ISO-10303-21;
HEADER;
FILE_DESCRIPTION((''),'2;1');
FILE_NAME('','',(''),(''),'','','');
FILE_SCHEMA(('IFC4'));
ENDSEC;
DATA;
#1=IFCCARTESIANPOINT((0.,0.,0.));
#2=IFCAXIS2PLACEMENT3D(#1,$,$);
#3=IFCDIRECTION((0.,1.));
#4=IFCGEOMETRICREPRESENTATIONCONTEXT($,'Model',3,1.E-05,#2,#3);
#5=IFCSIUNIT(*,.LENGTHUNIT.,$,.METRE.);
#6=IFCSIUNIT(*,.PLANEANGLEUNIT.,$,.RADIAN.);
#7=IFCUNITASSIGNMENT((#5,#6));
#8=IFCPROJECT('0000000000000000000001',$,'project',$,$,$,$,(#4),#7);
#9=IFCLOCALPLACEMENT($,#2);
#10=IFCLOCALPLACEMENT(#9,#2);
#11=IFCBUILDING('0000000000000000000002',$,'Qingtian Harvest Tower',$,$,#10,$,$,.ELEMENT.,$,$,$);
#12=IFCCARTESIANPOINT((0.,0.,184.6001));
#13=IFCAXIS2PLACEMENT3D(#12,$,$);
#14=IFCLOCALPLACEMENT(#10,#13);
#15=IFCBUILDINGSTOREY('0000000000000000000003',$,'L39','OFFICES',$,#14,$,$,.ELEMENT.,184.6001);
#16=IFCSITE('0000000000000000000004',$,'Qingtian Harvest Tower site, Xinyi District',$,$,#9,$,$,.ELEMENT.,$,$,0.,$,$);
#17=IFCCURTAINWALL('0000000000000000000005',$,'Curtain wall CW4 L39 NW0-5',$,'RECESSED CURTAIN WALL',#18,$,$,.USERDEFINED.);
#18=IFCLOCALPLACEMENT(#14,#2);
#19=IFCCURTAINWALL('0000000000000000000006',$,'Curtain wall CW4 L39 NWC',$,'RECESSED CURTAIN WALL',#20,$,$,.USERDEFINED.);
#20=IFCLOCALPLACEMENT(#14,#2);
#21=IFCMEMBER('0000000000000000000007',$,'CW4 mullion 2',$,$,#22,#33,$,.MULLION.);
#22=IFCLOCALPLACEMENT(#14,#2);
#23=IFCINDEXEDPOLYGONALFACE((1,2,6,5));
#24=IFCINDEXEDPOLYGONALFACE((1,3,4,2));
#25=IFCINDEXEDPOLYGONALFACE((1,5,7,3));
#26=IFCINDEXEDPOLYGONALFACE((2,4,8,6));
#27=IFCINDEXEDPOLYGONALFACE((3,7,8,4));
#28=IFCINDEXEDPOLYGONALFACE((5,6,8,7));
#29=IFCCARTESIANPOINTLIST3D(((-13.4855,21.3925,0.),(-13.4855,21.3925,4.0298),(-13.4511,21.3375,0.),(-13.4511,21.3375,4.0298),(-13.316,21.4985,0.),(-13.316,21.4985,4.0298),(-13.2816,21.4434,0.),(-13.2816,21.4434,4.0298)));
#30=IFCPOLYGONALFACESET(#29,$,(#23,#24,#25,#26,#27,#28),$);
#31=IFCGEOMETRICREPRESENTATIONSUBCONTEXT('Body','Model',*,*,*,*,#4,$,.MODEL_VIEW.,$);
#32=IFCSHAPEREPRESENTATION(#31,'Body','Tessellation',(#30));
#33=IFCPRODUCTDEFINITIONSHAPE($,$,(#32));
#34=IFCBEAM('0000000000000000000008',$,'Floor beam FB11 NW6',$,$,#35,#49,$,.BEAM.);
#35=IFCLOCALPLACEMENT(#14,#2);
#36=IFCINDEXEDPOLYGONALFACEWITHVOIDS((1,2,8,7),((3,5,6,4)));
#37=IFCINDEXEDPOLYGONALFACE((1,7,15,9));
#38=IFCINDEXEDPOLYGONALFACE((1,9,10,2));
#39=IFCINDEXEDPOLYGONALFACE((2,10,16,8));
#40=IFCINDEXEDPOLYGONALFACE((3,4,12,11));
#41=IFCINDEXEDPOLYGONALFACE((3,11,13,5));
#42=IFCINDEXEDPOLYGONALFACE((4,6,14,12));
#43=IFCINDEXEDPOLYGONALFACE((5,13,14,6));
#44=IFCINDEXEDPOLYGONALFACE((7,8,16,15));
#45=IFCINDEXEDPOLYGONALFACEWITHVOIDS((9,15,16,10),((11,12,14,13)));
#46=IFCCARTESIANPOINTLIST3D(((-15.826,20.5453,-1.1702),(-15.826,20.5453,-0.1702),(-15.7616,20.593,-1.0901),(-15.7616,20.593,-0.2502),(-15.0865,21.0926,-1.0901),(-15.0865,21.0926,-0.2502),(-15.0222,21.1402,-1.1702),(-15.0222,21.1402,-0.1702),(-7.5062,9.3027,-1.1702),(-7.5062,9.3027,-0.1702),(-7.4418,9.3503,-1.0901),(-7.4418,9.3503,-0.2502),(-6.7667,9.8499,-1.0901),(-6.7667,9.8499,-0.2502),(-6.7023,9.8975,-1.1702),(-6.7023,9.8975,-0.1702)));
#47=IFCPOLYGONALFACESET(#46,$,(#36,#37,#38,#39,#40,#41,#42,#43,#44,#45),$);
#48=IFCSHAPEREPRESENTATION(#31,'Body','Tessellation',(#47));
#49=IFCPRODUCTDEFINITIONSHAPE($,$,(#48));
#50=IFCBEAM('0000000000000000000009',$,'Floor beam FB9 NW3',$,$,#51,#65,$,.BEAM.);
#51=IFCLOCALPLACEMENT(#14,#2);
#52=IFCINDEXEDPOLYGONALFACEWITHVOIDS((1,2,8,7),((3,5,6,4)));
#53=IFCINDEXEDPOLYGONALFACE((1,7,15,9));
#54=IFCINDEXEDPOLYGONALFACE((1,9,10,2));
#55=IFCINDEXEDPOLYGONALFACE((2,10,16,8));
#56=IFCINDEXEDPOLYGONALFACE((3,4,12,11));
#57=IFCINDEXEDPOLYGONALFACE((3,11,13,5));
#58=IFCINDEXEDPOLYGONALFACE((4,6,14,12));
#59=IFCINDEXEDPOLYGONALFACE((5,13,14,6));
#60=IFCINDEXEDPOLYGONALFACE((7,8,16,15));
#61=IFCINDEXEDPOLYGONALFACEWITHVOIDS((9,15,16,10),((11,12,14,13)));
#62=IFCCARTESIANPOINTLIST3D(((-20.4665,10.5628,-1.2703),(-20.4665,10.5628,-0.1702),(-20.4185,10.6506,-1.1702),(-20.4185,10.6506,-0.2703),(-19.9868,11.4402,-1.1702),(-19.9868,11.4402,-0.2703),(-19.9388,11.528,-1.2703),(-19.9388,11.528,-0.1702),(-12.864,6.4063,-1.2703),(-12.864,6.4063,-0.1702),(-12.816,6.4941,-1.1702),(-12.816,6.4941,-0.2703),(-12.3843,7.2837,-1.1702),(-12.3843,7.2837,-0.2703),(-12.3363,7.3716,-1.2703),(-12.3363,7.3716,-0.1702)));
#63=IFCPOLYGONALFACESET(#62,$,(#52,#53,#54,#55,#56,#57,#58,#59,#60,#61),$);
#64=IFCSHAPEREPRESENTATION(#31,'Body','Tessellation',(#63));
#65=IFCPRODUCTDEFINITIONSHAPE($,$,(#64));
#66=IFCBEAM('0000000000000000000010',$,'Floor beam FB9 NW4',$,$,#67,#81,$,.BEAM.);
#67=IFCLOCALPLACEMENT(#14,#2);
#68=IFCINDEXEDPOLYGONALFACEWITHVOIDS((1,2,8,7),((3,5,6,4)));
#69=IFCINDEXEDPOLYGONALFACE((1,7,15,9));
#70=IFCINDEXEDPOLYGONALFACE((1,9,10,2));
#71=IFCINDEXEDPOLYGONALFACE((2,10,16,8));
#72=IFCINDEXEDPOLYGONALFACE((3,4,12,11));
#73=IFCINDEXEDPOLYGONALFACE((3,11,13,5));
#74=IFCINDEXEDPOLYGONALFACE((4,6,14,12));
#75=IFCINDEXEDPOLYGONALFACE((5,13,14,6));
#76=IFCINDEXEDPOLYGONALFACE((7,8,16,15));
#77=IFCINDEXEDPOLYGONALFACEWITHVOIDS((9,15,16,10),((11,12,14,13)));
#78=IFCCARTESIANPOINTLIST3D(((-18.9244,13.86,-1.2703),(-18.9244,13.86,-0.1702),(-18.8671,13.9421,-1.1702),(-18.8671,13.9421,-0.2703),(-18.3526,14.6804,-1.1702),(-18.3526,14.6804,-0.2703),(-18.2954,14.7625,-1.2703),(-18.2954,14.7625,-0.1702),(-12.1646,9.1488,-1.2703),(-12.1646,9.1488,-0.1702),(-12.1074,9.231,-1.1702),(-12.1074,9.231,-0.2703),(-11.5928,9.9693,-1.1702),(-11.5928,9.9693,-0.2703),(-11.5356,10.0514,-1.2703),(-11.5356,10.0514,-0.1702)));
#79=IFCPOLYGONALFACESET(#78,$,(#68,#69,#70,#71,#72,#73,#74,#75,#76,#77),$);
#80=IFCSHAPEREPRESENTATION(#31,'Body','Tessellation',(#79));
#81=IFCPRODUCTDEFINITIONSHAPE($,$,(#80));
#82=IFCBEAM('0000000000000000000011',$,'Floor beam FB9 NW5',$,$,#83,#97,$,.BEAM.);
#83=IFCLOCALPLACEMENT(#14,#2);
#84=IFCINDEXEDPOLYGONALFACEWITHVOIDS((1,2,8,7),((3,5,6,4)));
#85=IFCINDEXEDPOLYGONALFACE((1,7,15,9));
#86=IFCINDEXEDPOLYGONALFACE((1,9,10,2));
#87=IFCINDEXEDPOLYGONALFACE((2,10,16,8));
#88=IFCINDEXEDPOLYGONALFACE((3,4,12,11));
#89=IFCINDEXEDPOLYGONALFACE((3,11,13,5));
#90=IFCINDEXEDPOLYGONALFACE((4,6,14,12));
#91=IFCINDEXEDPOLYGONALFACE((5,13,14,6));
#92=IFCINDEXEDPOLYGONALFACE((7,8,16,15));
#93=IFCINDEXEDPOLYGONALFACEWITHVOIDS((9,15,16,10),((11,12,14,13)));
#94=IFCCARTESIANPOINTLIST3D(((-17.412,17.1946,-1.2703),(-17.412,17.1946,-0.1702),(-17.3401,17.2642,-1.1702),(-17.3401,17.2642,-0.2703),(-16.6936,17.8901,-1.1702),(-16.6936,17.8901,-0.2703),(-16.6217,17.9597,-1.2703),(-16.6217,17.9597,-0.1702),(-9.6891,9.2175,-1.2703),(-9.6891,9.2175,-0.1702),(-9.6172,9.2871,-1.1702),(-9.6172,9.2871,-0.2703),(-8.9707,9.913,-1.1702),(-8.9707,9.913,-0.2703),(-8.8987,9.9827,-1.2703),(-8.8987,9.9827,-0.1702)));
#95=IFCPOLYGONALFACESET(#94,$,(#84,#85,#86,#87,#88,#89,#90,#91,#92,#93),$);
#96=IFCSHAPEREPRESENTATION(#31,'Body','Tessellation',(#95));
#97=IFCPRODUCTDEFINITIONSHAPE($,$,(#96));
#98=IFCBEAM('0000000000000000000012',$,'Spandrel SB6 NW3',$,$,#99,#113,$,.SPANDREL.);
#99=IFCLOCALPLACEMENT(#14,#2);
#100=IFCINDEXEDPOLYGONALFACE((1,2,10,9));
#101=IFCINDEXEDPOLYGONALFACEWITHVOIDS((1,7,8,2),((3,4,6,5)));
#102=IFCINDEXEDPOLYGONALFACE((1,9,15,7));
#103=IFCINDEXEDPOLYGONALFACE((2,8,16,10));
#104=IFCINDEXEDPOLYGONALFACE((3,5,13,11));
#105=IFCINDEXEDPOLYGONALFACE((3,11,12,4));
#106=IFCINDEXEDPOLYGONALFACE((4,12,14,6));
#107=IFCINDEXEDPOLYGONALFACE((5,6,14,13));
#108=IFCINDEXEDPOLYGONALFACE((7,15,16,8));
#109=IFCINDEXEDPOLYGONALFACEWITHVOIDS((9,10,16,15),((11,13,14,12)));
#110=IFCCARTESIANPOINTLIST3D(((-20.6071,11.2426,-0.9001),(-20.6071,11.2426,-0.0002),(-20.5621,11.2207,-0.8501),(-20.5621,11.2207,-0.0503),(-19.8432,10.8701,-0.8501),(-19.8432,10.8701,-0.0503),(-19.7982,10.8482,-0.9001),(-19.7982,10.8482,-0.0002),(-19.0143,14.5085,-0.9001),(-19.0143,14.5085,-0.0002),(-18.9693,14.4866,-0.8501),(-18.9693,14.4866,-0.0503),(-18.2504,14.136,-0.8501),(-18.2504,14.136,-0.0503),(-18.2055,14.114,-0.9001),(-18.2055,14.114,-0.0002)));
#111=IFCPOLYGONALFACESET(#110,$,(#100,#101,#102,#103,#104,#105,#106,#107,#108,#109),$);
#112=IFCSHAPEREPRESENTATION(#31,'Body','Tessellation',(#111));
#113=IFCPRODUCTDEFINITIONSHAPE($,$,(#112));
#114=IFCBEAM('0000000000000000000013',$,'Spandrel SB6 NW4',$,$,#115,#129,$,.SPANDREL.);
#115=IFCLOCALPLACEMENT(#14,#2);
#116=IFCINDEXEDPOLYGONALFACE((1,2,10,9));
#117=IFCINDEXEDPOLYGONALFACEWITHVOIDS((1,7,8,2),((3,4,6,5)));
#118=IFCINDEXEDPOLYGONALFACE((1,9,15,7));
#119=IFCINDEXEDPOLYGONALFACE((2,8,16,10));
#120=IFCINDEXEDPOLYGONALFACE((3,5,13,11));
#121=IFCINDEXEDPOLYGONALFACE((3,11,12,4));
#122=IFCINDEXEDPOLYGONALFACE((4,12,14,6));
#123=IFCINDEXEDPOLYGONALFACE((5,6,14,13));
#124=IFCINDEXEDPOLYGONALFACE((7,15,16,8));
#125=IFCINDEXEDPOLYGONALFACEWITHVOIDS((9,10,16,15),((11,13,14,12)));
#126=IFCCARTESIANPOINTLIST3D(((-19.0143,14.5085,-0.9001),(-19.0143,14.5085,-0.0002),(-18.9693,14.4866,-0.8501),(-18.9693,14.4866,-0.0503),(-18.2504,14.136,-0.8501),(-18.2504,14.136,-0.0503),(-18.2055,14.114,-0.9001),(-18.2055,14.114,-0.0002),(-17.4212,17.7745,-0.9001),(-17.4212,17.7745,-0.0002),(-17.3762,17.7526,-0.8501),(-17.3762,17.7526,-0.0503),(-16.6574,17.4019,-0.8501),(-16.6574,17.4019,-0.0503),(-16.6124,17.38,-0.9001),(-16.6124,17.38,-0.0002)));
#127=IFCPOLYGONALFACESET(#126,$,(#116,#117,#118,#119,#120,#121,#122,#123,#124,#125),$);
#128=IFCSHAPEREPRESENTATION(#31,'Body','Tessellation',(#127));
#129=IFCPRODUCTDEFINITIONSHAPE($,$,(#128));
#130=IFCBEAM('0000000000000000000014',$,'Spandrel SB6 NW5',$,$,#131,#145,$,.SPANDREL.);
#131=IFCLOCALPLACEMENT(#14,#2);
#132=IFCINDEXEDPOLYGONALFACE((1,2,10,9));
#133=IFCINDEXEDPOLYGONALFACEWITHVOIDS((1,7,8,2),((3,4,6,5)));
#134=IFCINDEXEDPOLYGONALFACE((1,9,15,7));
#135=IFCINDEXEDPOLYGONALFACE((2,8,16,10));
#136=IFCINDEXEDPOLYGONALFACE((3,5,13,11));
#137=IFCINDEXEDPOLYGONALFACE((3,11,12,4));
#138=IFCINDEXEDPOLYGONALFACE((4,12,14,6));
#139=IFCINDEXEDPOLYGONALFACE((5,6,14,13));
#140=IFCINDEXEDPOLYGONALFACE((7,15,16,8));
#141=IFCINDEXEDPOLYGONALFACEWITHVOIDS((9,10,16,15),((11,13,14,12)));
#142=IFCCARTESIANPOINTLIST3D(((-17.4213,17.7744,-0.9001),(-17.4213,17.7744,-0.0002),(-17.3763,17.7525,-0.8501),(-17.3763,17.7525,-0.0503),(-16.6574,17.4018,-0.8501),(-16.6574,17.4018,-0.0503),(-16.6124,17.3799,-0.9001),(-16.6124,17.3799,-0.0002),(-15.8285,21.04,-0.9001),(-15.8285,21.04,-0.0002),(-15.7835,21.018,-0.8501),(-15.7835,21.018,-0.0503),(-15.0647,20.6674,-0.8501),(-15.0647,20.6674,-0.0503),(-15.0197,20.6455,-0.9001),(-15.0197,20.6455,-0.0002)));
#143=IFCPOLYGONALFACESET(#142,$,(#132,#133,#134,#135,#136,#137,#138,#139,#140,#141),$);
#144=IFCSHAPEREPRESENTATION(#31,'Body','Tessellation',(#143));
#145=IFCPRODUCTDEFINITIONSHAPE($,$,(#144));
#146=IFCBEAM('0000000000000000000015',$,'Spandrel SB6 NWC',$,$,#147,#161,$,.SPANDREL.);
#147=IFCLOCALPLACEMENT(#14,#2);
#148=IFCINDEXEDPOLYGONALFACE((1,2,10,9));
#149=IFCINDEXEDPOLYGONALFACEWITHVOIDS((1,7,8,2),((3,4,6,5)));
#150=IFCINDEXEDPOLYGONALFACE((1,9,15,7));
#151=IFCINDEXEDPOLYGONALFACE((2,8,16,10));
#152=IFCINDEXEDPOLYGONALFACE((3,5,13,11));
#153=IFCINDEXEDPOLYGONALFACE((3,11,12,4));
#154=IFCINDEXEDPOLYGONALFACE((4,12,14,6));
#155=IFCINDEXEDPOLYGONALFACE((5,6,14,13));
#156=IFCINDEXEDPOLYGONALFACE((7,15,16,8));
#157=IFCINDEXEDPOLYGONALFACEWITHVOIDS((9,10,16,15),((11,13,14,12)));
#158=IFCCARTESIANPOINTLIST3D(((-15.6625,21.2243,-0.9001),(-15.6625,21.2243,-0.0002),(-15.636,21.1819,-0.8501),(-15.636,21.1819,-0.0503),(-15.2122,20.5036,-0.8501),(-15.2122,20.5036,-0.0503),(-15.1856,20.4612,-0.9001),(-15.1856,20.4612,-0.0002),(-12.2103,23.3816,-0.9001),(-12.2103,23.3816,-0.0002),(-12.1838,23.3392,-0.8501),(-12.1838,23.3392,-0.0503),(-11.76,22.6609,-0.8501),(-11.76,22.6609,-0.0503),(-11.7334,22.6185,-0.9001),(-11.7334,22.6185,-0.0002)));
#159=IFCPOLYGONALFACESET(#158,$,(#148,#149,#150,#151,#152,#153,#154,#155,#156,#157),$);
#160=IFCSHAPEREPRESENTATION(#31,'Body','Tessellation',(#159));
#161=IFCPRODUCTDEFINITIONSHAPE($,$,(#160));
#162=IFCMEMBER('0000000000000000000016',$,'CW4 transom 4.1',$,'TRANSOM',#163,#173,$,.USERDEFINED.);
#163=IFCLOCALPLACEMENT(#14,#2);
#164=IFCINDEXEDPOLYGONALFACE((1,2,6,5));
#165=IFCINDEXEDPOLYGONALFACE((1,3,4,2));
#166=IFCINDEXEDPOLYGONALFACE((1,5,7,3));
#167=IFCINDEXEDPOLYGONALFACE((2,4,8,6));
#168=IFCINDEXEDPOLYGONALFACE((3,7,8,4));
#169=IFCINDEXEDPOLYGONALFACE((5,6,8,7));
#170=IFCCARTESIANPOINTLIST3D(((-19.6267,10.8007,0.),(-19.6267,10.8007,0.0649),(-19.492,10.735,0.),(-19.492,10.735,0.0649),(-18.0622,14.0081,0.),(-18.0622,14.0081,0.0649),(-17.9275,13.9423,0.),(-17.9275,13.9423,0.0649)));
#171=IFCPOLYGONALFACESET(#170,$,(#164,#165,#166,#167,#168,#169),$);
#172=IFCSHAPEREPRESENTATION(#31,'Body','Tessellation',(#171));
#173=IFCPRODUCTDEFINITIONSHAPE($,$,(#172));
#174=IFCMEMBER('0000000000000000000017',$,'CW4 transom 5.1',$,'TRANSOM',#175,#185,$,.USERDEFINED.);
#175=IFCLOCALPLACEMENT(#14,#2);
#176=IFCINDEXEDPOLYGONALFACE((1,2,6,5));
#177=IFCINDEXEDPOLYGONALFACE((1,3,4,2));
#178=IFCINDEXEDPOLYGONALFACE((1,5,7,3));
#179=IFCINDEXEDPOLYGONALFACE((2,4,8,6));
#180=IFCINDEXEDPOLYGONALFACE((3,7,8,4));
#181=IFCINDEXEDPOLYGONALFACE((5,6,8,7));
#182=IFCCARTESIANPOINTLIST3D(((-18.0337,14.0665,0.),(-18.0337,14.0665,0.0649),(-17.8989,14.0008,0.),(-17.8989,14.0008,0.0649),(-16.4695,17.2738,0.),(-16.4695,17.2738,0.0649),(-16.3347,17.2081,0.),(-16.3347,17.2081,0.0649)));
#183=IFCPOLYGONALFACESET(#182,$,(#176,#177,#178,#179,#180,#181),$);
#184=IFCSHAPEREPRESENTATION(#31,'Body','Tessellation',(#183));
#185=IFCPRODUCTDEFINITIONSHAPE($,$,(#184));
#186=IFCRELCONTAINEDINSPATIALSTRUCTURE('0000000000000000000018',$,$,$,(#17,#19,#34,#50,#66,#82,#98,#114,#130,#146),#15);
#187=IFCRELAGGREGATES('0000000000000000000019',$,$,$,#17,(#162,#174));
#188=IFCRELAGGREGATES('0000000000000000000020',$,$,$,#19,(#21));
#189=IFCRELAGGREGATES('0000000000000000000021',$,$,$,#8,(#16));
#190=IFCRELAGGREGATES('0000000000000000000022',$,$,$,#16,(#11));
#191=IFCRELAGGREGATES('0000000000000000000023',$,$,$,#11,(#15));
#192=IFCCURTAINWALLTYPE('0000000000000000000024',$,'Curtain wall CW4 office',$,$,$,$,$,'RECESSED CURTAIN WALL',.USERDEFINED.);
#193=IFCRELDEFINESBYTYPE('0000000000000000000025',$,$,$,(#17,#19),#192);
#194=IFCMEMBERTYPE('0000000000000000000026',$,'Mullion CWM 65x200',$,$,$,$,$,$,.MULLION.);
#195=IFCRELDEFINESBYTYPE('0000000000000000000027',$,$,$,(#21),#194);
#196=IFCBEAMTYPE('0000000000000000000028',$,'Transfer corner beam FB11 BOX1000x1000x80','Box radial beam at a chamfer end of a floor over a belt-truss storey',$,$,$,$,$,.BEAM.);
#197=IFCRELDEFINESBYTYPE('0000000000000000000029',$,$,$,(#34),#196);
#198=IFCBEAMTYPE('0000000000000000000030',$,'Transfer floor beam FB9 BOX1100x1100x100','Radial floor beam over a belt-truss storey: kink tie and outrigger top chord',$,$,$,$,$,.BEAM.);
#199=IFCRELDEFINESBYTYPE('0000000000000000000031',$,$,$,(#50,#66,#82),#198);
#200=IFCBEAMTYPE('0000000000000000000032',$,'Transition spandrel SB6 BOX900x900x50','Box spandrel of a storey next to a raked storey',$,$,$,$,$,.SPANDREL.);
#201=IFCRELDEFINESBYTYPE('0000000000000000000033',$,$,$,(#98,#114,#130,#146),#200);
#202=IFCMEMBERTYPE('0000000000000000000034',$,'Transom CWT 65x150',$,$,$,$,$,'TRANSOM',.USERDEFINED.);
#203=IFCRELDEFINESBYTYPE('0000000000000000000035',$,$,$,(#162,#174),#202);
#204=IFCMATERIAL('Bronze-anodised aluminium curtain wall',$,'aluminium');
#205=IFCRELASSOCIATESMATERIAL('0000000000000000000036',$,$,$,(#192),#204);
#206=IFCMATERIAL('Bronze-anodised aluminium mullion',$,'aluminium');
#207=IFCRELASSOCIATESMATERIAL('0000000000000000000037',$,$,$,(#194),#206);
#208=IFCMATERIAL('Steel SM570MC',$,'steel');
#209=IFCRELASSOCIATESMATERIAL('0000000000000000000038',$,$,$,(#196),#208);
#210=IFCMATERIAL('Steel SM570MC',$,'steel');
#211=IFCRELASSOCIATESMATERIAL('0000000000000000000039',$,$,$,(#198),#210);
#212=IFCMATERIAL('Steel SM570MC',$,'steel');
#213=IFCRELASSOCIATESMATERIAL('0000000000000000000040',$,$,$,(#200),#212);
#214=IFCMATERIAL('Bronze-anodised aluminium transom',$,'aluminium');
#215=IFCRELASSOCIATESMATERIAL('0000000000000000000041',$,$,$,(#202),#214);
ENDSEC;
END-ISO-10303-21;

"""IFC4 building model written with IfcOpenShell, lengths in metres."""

from ifc_helpers import new_model, si_unit, direction, frame, origin, origin_2d, place, context, subcontext, project, spatial, rectangle, hollow_rectangle, extrude, material, material_profile, profile_set, type_object, element, aggregate, save


model = new_model("IFC4")

# Units and contexts
model_context = context("Model", 3, precision=1e-05, world=origin(), true_north=direction((0.0, 1.0)))
body_context = subcontext(model_context, "Body", "Model", "MODEL_VIEW")
ifc_project = project(units=[si_unit("LENGTHUNIT", "METRE"), si_unit("PLANEANGLEUNIT", "RADIAN")], contexts=[model_context])

# Site, building, storey
site_placement = place(None, origin())
site = spatial("IfcSite", under=ifc_project, at=site_placement, Name="Qingtian Harvest Tower site, Xinyi District", CompositionType="ELEMENT", RefElevation=0.0)
building_placement = place(site_placement, origin())
building = spatial("IfcBuilding", under=site, at=building_placement, Name="Qingtian Harvest Tower", CompositionType="ELEMENT")
storey_placement = place(building_placement, frame((0.0, 0.0, 184.6001)))
storey = spatial("IfcBuildingStorey", under=building, at=storey_placement, Name="L39", Description="OFFICES", CompositionType="ELEMENT", Elevation=184.6001)

# Curtain walls, member
ifc_material_1 = material(Name="Bronze-anodised aluminium curtain wall", Category="aluminium")
curtain_wall_type = type_object("IfcCurtainWallType", Name="Curtain wall CW4 office", ElementType="RECESSED CURTAIN WALL", PredefinedType="USERDEFINED", material=ifc_material_1)
curtain_wall_1_placement = place(storey_placement, origin())
curtain_wall_1 = element("IfcCurtainWall", 1, at=curtain_wall_1_placement, inside=storey, type_object=curtain_wall_type, Name="Curtain wall CW4 L39 NW0-5", ObjectType="RECESSED CURTAIN WALL", PredefinedType="USERDEFINED")
ifc_material_2 = material(Name="Bronze-anodised aluminium mullion", Category="aluminium")
ifc_material_profile_1 = material_profile(ifc_material_2, rectangle(XDim=0.0649, YDim=0.2, at=origin_2d()), Name="AL 65x200")
ifc_profile_set_1 = profile_set([ifc_material_profile_1], Name="Bronze-anodised aluminium mullion")
member_type_1 = type_object("IfcMemberType", Name="Mullion CWM 65x200", PredefinedType="MULLION", material=ifc_profile_set_1)
curtain_wall_2_placement = place(storey_placement, origin())
curtain_wall_2 = element("IfcCurtainWall", 2, at=curtain_wall_2_placement, inside=storey, type_object=curtain_wall_type, Name="Curtain wall CW4 L39 NWC", ObjectType="RECESSED CURTAIN WALL", PredefinedType="USERDEFINED")
member_1_placement = place(storey_placement, frame((-13.3835, 21.418, 0.0), z_axis=(0.0, 0.0, 1.0), x_axis=(-0.529919, 0.848048, 0.0)))
member_1 = element("IfcMember", 3, at=member_1_placement, type_object=member_type_1, Name="CW4 mullion 2", PredefinedType="MULLION", context=body_context, shape_type="SweptSolid", body=[
    extrude(rectangle(XDim=0.0649, YDim=0.2, at=origin_2d()), origin(), (0.0, 0.0, 1.0), 4.0298),
])

# Beams
ifc_material_3 = material(Name="Steel SM570MC", Category="steel")
ifc_material_profile_2 = material_profile(ifc_material_3, hollow_rectangle(XDim=1.0, YDim=1.0, WallThickness=0.0801, at=origin_2d()), Name="BOX1000x1000x80")
ifc_profile_set_2 = profile_set([ifc_material_profile_2], Name="Steel SM570MC")
beam_type_1 = type_object("IfcBeamType", Name="Transfer corner beam FB11 BOX1000x1000x80", Description="Box radial beam at a chamfer end of a floor over a belt-truss storey", PredefinedType="BEAM", material=ifc_profile_set_2)
beam_1_placement = place(storey_placement, frame((-15.4241, 20.8428, -0.6702), z_axis=(0.594854, -0.803834, 0.0), x_axis=(0.803834, 0.594854, 0.0)))
element("IfcBeam", 4, at=beam_1_placement, inside=storey, type_object=beam_type_1, Name="Floor beam FB11 NW6", PredefinedType="BEAM", context=body_context, shape_type="SweptSolid", body=[
    extrude(hollow_rectangle(XDim=1.0, YDim=1.0, WallThickness=0.0801, at=origin_2d()), origin(), (0.0, 0.0, 1.0), 13.9863),
])
ifc_material_4 = material(Name="Steel SM570MC", Category="steel")
ifc_material_profile_3 = material_profile(ifc_material_4, hollow_rectangle(XDim=1.1001, YDim=1.1001, WallThickness=0.1001, at=origin_2d()), Name="BOX1100x1100x100")
ifc_profile_set_3 = profile_set([ifc_material_profile_3], Name="Steel SM570MC")
beam_type_2 = type_object("IfcBeamType", Name="Transfer floor beam FB9 BOX1100x1100x100", Description="Radial floor beam over a belt-truss storey: kink tie and outrigger top chord", PredefinedType="BEAM", material=ifc_profile_set_3)
beam_2_placement = place(storey_placement, frame((-20.2026, 11.0454, -0.7202), z_axis=(0.877427, -0.479711, 0.0), x_axis=(0.479711, 0.877427, 0.0)))
element("IfcBeam", 5, at=beam_2_placement, inside=storey, type_object=beam_type_2, Name="Floor beam FB9 NW3", PredefinedType="BEAM", context=body_context, shape_type="SweptSolid", body=[
    extrude(hollow_rectangle(XDim=1.1001, YDim=1.1001, WallThickness=0.1001, at=origin_2d()), origin(), (0.0, 0.0, 1.0), 8.6646),
])
beam_3_placement = place(storey_placement, frame((-18.6099, 14.3113, -0.7202), z_axis=(0.820408, -0.571779, 0.0), x_axis=(0.571779, 0.820408, 0.0)))
element("IfcBeam", 6, at=beam_3_placement, inside=storey, type_object=beam_type_2, Name="Floor beam FB9 NW4", PredefinedType="BEAM", context=body_context, shape_type="SweptSolid", body=[
    extrude(hollow_rectangle(XDim=1.1001, YDim=1.1001, WallThickness=0.1001, at=origin_2d()), origin(), (0.0, 0.0, 1.0), 8.2395),
])
beam_4_placement = place(storey_placement, frame((-17.0168, 17.5771, -0.7202), z_axis=(0.695569, -0.718459, 0.0), x_axis=(0.718459, 0.695569, 0.0)))
element("IfcBeam", 7, at=beam_4_placement, inside=storey, type_object=beam_type_2, Name="Floor beam FB9 NW5", PredefinedType="BEAM", context=body_context, shape_type="SweptSolid", body=[
    extrude(hollow_rectangle(XDim=1.1001, YDim=1.1001, WallThickness=0.1001, at=origin_2d()), origin(), (0.0, 0.0, 1.0), 11.103),
])
ifc_material_5 = material(Name="Steel SM570MC", Category="steel")
ifc_material_profile_4 = material_profile(ifc_material_5, hollow_rectangle(XDim=0.8999, YDim=0.8999, WallThickness=0.05, at=origin_2d()), Name="BOX900x900x50")
ifc_profile_set_4 = profile_set([ifc_material_profile_4], Name="Steel SM570MC")
beam_type_3 = type_object("IfcBeamType", Name="Transition spandrel SB6 BOX900x900x50", Description="Box spandrel of a storey next to a raked storey", PredefinedType="SPANDREL", material=ifc_profile_set_4)
beam_5_placement = place(storey_placement, frame((-20.2026, 11.0454, -0.4502), z_axis=(0.438349, 0.898805, 0.0), x_axis=(-0.898805, 0.438349, 0.0)))
element("IfcBeam", 8, at=beam_5_placement, inside=storey, type_object=beam_type_3, Name="Spandrel SB6 NW3", PredefinedType="SPANDREL", context=body_context, shape_type="SweptSolid", body=[
    extrude(hollow_rectangle(XDim=0.8999, YDim=0.8999, WallThickness=0.05, at=origin_2d()), origin(), (0.0, 0.0, 1.0), 3.6335),
])
beam_6_placement = place(storey_placement, frame((-18.6099, 14.3113, -0.4502), z_axis=(0.438404, 0.898778, 0.0), x_axis=(-0.898778, 0.438404, 0.0)))
element("IfcBeam", 9, at=beam_6_placement, inside=storey, type_object=beam_type_3, Name="Spandrel SB6 NW4", PredefinedType="SPANDREL", context=body_context, shape_type="SweptSolid", body=[
    extrude(hollow_rectangle(XDim=0.8999, YDim=0.8999, WallThickness=0.05, at=origin_2d()), origin(), (0.0, 0.0, 1.0), 3.6338),
])
beam_7_placement = place(storey_placement, frame((-17.0168, 17.5771, -0.4502), z_axis=(0.438376, 0.898792, 0.0), x_axis=(-0.898792, 0.438376, 0.0)))
element("IfcBeam", 10, at=beam_7_placement, inside=storey, type_object=beam_type_3, Name="Spandrel SB6 NW5", PredefinedType="SPANDREL", context=body_context, shape_type="SweptSolid", body=[
    extrude(hollow_rectangle(XDim=0.8999, YDim=0.8999, WallThickness=0.05, at=origin_2d()), origin(), (0.0, 0.0, 1.0), 3.6333),
])
beam_8_placement = place(storey_placement, frame((-15.4241, 20.8428, -0.4502), z_axis=(0.848039, 0.529934, 0.0), x_axis=(-0.529934, 0.848039, 0.0)))
element("IfcBeam", 11, at=beam_8_placement, inside=storey, type_object=beam_type_3, Name="Spandrel SB6 NWC", PredefinedType="SPANDREL", context=body_context, shape_type="SweptSolid", body=[
    extrude(hollow_rectangle(XDim=0.8999, YDim=0.8999, WallThickness=0.05, at=origin_2d()), origin(), (0.0, 0.0, 1.0), 4.0708),
])

# Members
ifc_material_6 = material(Name="Bronze-anodised aluminium transom", Category="aluminium")
ifc_material_profile_5 = material_profile(ifc_material_6, rectangle(XDim=0.1499, YDim=0.0649, at=origin_2d()), Name="AL 65x150")
ifc_profile_set_5 = profile_set([ifc_material_profile_5], Name="Bronze-anodised aluminium transom")
member_type_2 = type_object("IfcMemberType", Name="Transom CWT 65x150", ElementType="TRANSOM", PredefinedType="USERDEFINED", material=ifc_profile_set_5)
member_2_placement = place(storey_placement, frame((-19.5593, 10.7678, 0.0325), z_axis=(0.438407, 0.898776, 0.0), x_axis=(-0.898776, 0.438407, 0.0)))
member_2 = element("IfcMember", 12, at=member_2_placement, type_object=member_type_2, Name="CW4 transom 4.1", ObjectType="TRANSOM", PredefinedType="USERDEFINED", context=body_context, shape_type="SweptSolid", body=[
    extrude(rectangle(XDim=0.1499, YDim=0.0649, at=origin_2d()), origin(), (0.0, 0.0, 1.0), 3.5686),
])
member_3_placement = place(storey_placement, frame((-17.9663, 14.0337, 0.0325), z_axis=(0.438352, 0.898803, 0.0), x_axis=(-0.898803, 0.438352, 0.0)))
member_3 = element("IfcMember", 13, at=member_3_placement, type_object=member_type_2, Name="CW4 transom 5.1", ObjectType="TRANSOM", PredefinedType="USERDEFINED", context=body_context, shape_type="SweptSolid", body=[
    extrude(rectangle(XDim=0.1499, YDim=0.0649, at=origin_2d()), origin(), (0.0, 0.0, 1.0), 3.5684),
])

aggregate(curtain_wall_1, [member_2, member_3])
aggregate(curtain_wall_2, [member_1])

save(model, "model.ifc")
